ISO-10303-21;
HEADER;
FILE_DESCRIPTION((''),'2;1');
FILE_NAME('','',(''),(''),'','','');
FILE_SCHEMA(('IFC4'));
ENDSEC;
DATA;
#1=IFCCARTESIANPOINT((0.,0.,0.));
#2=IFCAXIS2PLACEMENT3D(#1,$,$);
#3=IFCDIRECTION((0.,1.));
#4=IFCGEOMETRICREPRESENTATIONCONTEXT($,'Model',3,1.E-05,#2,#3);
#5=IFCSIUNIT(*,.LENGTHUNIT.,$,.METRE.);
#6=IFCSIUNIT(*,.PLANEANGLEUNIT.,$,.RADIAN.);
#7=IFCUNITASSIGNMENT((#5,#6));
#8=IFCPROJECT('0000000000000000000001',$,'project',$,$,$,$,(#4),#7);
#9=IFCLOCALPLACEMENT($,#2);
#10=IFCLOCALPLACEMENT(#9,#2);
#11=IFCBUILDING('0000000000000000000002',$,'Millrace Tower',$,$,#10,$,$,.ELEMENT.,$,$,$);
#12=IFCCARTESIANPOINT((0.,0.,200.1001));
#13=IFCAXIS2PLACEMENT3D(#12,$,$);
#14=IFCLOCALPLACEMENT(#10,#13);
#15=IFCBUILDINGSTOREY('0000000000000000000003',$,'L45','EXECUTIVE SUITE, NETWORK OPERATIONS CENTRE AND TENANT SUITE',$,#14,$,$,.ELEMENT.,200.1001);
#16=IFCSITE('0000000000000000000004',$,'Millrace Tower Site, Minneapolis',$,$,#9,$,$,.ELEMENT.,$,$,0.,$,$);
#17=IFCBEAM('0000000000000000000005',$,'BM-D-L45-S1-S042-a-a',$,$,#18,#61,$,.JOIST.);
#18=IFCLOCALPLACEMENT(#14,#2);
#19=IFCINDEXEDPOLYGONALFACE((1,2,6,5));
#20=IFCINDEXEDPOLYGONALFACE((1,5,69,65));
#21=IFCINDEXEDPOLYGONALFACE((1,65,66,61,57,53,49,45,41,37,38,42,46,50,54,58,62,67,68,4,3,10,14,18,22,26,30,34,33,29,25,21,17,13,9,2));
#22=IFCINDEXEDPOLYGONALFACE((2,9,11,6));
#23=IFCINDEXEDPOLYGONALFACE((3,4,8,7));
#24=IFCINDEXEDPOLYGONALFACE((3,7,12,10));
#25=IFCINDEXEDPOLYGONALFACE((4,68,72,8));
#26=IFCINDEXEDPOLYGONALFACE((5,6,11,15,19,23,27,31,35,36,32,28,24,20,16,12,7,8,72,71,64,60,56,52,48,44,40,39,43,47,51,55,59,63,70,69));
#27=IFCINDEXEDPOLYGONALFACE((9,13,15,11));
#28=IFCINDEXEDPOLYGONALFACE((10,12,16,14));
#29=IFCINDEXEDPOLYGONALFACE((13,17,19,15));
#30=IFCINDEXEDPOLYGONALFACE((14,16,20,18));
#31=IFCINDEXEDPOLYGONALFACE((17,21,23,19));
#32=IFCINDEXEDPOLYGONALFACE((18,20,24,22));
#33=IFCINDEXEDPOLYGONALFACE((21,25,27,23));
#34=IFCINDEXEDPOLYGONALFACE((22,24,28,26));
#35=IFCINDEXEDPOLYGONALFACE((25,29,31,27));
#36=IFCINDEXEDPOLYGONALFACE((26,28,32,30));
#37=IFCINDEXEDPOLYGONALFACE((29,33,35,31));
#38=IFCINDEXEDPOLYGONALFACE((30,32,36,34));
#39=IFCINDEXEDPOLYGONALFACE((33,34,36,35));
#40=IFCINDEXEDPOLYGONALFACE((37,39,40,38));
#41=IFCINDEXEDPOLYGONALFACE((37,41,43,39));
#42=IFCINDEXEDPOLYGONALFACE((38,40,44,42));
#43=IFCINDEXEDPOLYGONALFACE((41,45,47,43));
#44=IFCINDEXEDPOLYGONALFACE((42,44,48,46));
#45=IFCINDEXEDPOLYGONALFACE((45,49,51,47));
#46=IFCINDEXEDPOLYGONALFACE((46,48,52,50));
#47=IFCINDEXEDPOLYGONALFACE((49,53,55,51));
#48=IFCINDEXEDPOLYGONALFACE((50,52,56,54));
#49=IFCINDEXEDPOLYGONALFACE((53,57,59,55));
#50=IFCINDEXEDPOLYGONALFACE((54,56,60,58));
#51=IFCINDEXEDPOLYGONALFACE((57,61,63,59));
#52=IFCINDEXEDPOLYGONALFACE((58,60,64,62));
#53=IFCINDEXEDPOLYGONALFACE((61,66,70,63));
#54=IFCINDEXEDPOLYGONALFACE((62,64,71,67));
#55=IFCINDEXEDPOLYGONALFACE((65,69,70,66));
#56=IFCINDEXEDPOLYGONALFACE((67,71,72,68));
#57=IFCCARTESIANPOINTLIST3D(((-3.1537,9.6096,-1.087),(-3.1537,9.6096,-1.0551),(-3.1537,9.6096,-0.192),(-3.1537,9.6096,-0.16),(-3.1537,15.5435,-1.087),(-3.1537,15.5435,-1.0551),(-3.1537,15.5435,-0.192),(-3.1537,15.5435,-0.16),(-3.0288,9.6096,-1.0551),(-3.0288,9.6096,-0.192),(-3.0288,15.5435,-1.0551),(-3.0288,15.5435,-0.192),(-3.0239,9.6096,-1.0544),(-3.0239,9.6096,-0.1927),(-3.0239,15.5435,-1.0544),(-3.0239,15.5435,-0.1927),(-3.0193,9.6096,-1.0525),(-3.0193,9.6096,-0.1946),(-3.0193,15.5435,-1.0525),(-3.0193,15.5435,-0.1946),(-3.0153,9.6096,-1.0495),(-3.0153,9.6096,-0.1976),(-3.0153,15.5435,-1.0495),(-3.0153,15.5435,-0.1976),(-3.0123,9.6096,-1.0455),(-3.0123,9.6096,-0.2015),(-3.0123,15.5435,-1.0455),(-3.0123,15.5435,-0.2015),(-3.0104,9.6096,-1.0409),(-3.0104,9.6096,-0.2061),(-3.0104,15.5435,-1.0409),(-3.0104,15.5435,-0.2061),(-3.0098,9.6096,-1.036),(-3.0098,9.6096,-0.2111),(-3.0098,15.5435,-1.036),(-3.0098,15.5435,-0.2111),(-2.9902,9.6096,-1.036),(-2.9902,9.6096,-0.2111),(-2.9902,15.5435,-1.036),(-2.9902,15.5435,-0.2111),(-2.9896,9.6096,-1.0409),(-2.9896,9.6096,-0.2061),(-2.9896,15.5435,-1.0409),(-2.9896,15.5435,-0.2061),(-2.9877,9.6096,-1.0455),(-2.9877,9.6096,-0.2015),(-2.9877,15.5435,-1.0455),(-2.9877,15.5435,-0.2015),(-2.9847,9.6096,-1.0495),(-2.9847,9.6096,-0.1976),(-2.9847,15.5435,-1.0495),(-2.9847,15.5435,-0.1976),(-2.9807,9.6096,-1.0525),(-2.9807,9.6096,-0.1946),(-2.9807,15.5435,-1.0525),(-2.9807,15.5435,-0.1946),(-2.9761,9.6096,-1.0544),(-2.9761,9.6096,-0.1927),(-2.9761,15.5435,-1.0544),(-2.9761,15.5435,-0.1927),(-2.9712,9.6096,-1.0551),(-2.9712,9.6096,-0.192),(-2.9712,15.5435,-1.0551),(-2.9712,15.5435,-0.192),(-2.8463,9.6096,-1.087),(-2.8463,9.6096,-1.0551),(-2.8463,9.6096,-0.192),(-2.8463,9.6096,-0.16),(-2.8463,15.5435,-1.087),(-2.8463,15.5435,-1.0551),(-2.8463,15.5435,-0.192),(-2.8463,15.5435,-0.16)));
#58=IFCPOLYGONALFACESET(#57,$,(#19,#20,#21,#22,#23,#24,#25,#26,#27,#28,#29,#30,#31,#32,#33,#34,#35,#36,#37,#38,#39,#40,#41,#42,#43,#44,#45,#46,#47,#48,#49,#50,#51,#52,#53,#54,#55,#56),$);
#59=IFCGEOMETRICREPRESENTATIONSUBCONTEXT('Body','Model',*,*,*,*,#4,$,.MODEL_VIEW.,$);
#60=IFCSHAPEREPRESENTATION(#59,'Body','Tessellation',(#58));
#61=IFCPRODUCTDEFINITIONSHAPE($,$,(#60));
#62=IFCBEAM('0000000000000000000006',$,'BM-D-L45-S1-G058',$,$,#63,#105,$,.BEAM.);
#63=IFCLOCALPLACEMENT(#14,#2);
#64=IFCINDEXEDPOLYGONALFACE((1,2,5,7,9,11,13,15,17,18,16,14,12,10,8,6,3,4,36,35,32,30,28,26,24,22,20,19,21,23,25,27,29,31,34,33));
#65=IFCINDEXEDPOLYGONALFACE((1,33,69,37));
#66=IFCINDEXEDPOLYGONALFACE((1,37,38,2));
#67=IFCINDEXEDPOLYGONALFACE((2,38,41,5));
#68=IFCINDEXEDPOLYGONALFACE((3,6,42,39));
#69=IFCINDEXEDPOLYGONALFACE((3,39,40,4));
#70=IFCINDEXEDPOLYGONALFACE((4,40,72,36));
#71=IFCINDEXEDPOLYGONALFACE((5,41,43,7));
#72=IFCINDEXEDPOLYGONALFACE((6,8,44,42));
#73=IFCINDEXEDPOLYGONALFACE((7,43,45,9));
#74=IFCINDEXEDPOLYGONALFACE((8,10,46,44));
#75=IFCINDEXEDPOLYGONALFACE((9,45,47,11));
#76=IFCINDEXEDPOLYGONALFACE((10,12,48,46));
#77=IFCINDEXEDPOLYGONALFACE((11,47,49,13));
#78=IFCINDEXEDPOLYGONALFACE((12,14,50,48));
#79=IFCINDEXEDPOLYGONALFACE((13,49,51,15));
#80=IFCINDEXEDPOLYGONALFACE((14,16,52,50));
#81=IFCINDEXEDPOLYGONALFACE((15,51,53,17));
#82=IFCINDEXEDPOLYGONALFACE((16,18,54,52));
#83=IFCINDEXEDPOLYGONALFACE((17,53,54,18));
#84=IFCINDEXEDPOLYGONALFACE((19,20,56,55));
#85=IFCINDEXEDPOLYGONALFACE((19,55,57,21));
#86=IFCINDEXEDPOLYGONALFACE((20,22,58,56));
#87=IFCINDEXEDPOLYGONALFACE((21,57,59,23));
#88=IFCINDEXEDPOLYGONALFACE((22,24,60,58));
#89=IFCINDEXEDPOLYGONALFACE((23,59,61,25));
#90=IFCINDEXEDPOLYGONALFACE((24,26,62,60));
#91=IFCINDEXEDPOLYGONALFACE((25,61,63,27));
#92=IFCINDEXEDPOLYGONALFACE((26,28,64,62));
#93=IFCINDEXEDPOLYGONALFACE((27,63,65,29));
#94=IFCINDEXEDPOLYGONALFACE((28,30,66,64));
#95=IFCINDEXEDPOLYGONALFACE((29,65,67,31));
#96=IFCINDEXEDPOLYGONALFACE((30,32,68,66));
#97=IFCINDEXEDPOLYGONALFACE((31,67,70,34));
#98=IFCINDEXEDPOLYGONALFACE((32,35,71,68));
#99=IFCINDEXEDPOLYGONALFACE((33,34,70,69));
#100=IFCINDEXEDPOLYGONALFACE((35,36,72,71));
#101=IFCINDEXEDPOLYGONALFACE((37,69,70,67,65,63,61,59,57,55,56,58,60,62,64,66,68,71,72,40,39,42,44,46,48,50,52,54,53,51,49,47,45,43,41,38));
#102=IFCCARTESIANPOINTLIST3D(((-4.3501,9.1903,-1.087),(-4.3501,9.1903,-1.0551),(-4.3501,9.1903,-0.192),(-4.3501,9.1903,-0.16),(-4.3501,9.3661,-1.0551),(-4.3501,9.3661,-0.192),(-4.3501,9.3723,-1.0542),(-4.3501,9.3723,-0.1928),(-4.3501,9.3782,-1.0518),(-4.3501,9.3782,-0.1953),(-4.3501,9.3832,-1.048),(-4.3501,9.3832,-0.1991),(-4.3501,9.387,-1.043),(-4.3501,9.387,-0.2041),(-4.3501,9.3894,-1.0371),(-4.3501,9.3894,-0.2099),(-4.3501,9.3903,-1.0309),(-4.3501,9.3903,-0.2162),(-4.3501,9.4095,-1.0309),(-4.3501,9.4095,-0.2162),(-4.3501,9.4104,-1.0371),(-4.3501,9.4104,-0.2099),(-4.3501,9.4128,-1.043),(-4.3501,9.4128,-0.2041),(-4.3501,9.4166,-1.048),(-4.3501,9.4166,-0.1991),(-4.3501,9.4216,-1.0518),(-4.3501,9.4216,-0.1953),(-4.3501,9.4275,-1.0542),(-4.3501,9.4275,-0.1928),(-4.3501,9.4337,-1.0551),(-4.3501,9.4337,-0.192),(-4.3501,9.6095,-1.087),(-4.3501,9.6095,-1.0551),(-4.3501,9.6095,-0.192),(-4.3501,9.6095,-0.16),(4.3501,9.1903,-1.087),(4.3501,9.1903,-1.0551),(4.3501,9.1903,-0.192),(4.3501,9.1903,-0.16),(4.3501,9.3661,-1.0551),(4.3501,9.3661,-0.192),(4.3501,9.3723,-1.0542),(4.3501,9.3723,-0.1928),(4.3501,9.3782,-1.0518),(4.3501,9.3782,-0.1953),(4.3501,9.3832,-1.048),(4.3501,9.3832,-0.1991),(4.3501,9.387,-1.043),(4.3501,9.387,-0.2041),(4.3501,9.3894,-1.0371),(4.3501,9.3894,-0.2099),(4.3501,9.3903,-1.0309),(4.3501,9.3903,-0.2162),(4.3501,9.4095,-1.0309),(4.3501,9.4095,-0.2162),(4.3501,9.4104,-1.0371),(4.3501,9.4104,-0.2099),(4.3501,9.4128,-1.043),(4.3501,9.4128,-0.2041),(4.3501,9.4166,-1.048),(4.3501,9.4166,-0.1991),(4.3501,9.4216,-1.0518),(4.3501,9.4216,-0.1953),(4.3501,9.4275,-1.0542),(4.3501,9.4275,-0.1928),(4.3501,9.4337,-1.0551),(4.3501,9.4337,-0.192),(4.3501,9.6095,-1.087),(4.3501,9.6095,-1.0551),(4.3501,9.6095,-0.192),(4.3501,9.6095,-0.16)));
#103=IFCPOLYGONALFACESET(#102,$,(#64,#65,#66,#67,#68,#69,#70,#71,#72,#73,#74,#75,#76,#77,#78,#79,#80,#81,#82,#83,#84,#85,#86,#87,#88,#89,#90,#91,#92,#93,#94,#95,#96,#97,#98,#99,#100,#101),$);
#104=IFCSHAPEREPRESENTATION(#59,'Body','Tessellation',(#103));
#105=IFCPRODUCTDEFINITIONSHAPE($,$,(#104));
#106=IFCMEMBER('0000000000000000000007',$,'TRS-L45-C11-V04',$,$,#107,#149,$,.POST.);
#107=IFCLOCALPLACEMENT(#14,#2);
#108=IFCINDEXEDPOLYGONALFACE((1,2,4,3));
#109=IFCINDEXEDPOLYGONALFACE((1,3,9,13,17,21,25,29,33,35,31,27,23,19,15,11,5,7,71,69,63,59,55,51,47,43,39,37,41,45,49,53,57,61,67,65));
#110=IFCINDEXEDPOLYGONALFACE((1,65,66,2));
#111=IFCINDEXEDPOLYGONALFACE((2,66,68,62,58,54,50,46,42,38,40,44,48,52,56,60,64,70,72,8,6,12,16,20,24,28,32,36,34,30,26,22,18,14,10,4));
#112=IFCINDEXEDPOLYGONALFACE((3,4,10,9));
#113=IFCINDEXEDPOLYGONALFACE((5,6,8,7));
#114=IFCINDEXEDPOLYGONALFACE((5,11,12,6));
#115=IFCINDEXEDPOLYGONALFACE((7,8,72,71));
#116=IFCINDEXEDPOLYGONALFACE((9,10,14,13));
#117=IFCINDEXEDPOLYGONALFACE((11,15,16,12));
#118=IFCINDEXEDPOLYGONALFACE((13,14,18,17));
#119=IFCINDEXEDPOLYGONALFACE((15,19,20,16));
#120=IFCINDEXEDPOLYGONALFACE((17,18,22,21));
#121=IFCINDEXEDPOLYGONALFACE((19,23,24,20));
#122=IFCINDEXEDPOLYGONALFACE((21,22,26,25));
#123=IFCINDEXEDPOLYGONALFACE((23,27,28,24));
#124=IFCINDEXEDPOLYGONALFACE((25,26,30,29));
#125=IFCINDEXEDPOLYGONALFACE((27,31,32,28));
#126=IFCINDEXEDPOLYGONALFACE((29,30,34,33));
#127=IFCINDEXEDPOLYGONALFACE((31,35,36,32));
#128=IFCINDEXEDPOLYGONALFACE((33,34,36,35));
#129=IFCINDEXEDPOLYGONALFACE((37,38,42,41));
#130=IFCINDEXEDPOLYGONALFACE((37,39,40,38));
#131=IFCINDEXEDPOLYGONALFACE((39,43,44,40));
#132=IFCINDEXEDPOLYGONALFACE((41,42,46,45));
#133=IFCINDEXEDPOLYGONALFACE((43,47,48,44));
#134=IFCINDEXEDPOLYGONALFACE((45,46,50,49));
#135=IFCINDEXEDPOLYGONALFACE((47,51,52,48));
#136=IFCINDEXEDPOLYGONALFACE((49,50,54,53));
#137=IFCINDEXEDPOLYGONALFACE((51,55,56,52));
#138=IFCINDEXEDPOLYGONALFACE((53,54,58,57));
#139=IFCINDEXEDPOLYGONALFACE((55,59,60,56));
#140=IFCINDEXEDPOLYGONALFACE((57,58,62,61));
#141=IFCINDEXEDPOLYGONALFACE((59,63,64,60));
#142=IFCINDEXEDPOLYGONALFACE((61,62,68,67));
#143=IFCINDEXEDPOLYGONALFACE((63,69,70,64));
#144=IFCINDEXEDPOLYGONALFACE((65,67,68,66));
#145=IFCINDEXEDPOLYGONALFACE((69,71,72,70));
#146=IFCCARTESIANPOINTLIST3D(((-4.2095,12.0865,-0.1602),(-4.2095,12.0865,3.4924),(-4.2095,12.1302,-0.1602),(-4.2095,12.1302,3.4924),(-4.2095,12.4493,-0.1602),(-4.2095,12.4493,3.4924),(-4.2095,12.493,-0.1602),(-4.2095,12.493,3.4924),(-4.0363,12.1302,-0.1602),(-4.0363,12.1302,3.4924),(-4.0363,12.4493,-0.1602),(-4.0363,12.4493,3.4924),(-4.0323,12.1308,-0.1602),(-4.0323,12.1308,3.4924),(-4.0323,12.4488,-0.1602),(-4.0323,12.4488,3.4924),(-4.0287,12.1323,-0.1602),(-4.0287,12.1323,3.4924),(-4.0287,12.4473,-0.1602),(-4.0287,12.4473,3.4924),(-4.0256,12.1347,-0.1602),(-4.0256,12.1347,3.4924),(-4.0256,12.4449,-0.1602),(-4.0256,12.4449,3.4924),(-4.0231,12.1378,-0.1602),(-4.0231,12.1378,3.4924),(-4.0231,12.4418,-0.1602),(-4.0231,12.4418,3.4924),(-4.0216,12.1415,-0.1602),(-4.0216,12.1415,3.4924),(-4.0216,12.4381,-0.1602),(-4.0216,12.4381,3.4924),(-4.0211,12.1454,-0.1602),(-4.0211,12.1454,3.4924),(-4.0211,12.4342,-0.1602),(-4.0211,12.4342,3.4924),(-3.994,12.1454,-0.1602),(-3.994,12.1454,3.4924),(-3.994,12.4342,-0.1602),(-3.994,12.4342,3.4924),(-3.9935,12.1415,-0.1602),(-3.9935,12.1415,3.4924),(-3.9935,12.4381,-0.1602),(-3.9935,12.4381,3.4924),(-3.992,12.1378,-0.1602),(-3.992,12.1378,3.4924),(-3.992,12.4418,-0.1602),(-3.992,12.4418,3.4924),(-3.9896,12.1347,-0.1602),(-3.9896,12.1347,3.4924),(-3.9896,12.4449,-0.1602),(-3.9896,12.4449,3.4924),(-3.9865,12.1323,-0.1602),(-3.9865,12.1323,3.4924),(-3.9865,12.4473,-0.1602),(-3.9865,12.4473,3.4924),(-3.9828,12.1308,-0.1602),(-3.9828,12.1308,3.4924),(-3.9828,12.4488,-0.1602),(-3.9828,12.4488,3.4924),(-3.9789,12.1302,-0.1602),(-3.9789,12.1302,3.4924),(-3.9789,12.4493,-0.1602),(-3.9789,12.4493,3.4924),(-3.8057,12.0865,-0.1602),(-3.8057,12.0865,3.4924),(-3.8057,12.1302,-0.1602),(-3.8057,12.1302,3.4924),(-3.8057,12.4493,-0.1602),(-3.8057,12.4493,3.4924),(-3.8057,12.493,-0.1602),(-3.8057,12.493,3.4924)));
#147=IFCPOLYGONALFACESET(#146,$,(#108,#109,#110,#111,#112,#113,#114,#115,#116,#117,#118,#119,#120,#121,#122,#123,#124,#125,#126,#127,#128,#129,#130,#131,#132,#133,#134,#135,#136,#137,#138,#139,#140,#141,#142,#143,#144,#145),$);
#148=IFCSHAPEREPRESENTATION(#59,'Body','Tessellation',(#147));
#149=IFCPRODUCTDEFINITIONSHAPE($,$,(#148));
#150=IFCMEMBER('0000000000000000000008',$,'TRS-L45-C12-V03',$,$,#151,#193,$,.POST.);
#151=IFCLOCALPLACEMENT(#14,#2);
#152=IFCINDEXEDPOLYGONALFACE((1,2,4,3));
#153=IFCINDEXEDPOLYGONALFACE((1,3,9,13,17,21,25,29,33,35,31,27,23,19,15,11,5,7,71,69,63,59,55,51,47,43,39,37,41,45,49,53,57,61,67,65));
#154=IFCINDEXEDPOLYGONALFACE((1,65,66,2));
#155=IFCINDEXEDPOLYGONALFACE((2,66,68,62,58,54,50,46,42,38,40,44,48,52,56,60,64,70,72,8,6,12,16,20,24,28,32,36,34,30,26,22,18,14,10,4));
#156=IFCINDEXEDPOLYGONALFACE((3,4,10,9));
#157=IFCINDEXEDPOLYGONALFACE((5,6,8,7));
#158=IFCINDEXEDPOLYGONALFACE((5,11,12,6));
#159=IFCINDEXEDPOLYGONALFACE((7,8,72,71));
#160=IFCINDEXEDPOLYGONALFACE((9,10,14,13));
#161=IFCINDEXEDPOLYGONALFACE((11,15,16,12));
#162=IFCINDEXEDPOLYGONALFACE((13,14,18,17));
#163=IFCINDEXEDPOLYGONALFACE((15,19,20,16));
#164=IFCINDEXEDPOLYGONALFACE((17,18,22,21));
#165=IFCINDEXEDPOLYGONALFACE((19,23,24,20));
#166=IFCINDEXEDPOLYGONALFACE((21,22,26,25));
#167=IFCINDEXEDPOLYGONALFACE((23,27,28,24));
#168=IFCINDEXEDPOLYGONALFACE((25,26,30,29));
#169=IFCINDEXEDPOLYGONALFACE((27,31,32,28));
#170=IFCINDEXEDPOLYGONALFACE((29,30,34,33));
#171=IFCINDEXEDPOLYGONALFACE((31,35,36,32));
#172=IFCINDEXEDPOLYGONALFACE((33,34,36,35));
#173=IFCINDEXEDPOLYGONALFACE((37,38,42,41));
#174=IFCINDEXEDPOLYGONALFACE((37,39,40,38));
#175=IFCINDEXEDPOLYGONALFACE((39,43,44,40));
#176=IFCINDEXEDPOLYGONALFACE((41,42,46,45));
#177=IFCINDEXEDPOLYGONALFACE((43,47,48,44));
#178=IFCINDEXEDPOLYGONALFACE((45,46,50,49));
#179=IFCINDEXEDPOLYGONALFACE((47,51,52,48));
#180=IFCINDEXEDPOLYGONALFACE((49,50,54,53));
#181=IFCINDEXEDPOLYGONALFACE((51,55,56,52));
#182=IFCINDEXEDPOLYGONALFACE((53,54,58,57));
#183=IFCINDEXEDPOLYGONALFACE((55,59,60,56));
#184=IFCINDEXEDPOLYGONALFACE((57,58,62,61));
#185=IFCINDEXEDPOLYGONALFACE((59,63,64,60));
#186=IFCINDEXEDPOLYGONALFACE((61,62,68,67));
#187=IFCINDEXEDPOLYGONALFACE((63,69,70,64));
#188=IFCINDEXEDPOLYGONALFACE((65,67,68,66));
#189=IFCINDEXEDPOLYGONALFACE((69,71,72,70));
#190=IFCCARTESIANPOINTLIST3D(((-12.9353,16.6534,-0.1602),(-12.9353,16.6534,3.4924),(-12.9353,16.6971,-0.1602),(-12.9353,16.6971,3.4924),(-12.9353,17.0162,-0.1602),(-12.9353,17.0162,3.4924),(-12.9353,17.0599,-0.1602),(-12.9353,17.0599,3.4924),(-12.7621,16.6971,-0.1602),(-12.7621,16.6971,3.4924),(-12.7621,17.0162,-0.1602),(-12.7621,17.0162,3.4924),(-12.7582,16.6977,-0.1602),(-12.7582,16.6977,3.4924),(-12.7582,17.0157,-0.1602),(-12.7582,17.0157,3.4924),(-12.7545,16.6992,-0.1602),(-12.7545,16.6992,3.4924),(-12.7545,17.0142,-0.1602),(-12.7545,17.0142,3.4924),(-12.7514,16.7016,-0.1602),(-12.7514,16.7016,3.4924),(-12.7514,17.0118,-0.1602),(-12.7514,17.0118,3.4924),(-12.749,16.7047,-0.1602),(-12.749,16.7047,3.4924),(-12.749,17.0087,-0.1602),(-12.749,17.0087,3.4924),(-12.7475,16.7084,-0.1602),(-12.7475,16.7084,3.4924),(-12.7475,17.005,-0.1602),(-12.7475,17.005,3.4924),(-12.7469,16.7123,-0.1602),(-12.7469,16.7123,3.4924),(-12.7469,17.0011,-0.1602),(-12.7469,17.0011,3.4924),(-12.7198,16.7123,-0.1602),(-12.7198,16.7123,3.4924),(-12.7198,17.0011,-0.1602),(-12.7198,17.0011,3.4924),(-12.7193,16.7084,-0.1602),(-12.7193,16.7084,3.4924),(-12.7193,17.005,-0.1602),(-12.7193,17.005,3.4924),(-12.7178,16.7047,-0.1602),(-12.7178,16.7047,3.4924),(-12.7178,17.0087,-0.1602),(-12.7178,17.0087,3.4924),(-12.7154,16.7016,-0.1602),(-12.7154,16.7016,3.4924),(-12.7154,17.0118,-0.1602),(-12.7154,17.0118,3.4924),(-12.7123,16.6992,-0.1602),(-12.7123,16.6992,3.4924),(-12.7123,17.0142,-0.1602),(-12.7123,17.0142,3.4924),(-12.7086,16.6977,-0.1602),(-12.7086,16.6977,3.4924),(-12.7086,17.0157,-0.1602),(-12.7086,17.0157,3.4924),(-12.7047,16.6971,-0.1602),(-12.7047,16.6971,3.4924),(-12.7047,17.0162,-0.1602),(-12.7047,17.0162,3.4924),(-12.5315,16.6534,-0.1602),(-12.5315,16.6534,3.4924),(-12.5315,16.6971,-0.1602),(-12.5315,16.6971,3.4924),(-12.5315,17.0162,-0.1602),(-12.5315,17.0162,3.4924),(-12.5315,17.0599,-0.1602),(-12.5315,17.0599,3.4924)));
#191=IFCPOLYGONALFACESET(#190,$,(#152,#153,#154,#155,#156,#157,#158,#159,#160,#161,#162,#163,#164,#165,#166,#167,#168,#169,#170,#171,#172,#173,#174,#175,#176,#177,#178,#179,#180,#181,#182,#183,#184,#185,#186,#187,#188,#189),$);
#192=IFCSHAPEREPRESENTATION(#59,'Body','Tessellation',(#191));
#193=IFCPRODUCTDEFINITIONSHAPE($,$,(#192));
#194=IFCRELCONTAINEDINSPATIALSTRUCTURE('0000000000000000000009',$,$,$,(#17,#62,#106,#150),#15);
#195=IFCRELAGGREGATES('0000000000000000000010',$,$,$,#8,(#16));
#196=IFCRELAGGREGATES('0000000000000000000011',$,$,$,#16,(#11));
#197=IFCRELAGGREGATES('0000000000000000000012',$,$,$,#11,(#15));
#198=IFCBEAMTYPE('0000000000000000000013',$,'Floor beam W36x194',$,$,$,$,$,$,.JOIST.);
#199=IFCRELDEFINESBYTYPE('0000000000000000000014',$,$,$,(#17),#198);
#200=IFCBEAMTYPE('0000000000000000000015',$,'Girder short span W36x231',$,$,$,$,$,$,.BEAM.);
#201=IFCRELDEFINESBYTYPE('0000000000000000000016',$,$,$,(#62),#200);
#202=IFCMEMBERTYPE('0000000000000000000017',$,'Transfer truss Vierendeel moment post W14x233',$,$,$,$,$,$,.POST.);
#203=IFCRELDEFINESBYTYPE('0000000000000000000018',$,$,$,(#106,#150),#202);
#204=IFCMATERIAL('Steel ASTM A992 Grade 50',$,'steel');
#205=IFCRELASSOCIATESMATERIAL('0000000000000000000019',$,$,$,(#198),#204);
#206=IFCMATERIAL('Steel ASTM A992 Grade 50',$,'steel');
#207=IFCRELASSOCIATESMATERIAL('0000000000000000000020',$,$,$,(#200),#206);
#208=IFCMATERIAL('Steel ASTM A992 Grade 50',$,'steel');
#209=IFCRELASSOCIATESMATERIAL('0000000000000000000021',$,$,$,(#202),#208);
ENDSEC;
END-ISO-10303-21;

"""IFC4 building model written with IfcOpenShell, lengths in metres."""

from ifc_helpers import new_model, si_unit, direction, frame, origin, origin_2d, place, context, subcontext, project, spatial, i_section, extrude, material, material_profile, profile_set, type_object, element, save


model = new_model("IFC4")

# Units and contexts
model_context = context("Model", 3, precision=1e-05, world=origin(), true_north=direction((0.0, 1.0)))
body_context = subcontext(model_context, "Body", "Model", "MODEL_VIEW")
ifc_project = project(units=[si_unit("LENGTHUNIT", "METRE"), si_unit("PLANEANGLEUNIT", "RADIAN")], contexts=[model_context])

# Site, building, storey
site_placement = place(None, origin())
site = spatial("IfcSite", under=ifc_project, at=site_placement, Name="Millrace Tower Site, Minneapolis", CompositionType="ELEMENT", RefElevation=0.0)
building_placement = place(site_placement, origin())
building = spatial("IfcBuilding", under=site, at=building_placement, Name="Millrace Tower", CompositionType="ELEMENT")
storey_placement = place(building_placement, frame((0.0, 0.0, 200.1001)))
storey = spatial("IfcBuildingStorey", under=building, at=storey_placement, Name="L45", Description="EXECUTIVE SUITE, NETWORK OPERATIONS CENTRE AND TENANT SUITE", CompositionType="ELEMENT", Elevation=200.1001)

# Beams
ifc_material_1 = material(Name="Steel ASTM A992 Grade 50", Category="steel")
ifc_material_profile_1 = material_profile(ifc_material_1, i_section(OverallWidth=0.3074, OverallDepth=0.927, WebThickness=0.0195, FlangeThickness=0.032, FilletRadius=0.019, at=origin_2d()))
ifc_profile_set_1 = profile_set([ifc_material_profile_1], Name="Steel ASTM A992 Grade 50")
beam_type_1 = type_object("IfcBeamType", Name="Floor beam W36x194", PredefinedType="JOIST", material=ifc_profile_set_1)
beam_1_placement = place(storey_placement, frame((-3.0, 9.6096, -0.6235), z_axis=(0.0, 1.0, 0.0), x_axis=(-1.0, 0.0, 0.0)))
element("IfcBeam", 1, at=beam_1_placement, inside=storey, type_object=beam_type_1, Name="BM-D-L45-S1-S042-a-a", PredefinedType="JOIST", context=body_context, shape_type="SweptSolid", body=[
    extrude(i_section(OverallWidth=0.3074, OverallDepth=0.927, WebThickness=0.0195, FlangeThickness=0.032, FilletRadius=0.019, at=origin_2d()), origin(), (0.0, 0.0, 1.0), 5.9338),
])
ifc_material_2 = material(Name="Steel ASTM A992 Grade 50", Category="steel")
ifc_material_profile_2 = material_profile(ifc_material_2, i_section(OverallWidth=0.4192, OverallDepth=0.927, WebThickness=0.0193, FlangeThickness=0.032, FilletRadius=0.0242, at=origin_2d()))
ifc_profile_set_2 = profile_set([ifc_material_profile_2], Name="Steel ASTM A992 Grade 50")
beam_type_2 = type_object("IfcBeamType", Name="Girder short span W36x231", PredefinedType="BEAM", material=ifc_profile_set_2)
beam_2_placement = place(storey_placement, frame((-4.3501, 9.3999, -0.6235), z_axis=(1.0, 0.0, 0.0), x_axis=(0.0, 1.0, 0.0)))
element("IfcBeam", 2, at=beam_2_placement, inside=storey, type_object=beam_type_2, Name="BM-D-L45-S1-G058", PredefinedType="BEAM", context=body_context, shape_type="SweptSolid", body=[
    extrude(i_section(OverallWidth=0.4192, OverallDepth=0.927, WebThickness=0.0193, FlangeThickness=0.032, FilletRadius=0.0242, at=origin_2d()), origin(), (0.0, 0.0, 1.0), 8.7002),
])

# Members
ifc_material_3 = material(Name="Steel ASTM A992 Grade 50", Category="steel")
ifc_material_profile_3 = material_profile(ifc_material_3, i_section(OverallWidth=0.4038, OverallDepth=0.4065, WebThickness=0.0271, FlangeThickness=0.0437, FilletRadius=0.0151, at=origin_2d()))
ifc_profile_set_3 = profile_set([ifc_material_profile_3], Name="Steel ASTM A992 Grade 50")
member_type = type_object("IfcMemberType", Name="Transfer truss Vierendeel moment post W14x233", PredefinedType="POST", material=ifc_profile_set_3)
for number, where, z_axis, x_axis, name in (
    (3, (-4.0076, 12.2898, -0.1602), (0.0, 0.0, 1.0), (1.0, 0.0, 0.0), "TRS-L45-C11-V04"),
    (4, (-12.7334, 16.8567, -0.1602), (0.0, 0.0, 1.0), (1.0, 0.0, 0.0), "TRS-L45-C12-V03"),
):
    element("IfcMember", number, at=place(storey_placement, frame(where, z_axis=z_axis, x_axis=x_axis)), inside=storey, type_object=member_type, Name=name, PredefinedType="POST", context=body_context, shape_type="SweptSolid", body=[
        extrude(i_section(OverallWidth=0.4038, OverallDepth=0.4065, WebThickness=0.0271, FlangeThickness=0.0437, FilletRadius=0.0151, at=origin_2d()), origin(), (0.0, 0.0, 1.0), 3.6526),
    ])

save(model, "model.ifc")
